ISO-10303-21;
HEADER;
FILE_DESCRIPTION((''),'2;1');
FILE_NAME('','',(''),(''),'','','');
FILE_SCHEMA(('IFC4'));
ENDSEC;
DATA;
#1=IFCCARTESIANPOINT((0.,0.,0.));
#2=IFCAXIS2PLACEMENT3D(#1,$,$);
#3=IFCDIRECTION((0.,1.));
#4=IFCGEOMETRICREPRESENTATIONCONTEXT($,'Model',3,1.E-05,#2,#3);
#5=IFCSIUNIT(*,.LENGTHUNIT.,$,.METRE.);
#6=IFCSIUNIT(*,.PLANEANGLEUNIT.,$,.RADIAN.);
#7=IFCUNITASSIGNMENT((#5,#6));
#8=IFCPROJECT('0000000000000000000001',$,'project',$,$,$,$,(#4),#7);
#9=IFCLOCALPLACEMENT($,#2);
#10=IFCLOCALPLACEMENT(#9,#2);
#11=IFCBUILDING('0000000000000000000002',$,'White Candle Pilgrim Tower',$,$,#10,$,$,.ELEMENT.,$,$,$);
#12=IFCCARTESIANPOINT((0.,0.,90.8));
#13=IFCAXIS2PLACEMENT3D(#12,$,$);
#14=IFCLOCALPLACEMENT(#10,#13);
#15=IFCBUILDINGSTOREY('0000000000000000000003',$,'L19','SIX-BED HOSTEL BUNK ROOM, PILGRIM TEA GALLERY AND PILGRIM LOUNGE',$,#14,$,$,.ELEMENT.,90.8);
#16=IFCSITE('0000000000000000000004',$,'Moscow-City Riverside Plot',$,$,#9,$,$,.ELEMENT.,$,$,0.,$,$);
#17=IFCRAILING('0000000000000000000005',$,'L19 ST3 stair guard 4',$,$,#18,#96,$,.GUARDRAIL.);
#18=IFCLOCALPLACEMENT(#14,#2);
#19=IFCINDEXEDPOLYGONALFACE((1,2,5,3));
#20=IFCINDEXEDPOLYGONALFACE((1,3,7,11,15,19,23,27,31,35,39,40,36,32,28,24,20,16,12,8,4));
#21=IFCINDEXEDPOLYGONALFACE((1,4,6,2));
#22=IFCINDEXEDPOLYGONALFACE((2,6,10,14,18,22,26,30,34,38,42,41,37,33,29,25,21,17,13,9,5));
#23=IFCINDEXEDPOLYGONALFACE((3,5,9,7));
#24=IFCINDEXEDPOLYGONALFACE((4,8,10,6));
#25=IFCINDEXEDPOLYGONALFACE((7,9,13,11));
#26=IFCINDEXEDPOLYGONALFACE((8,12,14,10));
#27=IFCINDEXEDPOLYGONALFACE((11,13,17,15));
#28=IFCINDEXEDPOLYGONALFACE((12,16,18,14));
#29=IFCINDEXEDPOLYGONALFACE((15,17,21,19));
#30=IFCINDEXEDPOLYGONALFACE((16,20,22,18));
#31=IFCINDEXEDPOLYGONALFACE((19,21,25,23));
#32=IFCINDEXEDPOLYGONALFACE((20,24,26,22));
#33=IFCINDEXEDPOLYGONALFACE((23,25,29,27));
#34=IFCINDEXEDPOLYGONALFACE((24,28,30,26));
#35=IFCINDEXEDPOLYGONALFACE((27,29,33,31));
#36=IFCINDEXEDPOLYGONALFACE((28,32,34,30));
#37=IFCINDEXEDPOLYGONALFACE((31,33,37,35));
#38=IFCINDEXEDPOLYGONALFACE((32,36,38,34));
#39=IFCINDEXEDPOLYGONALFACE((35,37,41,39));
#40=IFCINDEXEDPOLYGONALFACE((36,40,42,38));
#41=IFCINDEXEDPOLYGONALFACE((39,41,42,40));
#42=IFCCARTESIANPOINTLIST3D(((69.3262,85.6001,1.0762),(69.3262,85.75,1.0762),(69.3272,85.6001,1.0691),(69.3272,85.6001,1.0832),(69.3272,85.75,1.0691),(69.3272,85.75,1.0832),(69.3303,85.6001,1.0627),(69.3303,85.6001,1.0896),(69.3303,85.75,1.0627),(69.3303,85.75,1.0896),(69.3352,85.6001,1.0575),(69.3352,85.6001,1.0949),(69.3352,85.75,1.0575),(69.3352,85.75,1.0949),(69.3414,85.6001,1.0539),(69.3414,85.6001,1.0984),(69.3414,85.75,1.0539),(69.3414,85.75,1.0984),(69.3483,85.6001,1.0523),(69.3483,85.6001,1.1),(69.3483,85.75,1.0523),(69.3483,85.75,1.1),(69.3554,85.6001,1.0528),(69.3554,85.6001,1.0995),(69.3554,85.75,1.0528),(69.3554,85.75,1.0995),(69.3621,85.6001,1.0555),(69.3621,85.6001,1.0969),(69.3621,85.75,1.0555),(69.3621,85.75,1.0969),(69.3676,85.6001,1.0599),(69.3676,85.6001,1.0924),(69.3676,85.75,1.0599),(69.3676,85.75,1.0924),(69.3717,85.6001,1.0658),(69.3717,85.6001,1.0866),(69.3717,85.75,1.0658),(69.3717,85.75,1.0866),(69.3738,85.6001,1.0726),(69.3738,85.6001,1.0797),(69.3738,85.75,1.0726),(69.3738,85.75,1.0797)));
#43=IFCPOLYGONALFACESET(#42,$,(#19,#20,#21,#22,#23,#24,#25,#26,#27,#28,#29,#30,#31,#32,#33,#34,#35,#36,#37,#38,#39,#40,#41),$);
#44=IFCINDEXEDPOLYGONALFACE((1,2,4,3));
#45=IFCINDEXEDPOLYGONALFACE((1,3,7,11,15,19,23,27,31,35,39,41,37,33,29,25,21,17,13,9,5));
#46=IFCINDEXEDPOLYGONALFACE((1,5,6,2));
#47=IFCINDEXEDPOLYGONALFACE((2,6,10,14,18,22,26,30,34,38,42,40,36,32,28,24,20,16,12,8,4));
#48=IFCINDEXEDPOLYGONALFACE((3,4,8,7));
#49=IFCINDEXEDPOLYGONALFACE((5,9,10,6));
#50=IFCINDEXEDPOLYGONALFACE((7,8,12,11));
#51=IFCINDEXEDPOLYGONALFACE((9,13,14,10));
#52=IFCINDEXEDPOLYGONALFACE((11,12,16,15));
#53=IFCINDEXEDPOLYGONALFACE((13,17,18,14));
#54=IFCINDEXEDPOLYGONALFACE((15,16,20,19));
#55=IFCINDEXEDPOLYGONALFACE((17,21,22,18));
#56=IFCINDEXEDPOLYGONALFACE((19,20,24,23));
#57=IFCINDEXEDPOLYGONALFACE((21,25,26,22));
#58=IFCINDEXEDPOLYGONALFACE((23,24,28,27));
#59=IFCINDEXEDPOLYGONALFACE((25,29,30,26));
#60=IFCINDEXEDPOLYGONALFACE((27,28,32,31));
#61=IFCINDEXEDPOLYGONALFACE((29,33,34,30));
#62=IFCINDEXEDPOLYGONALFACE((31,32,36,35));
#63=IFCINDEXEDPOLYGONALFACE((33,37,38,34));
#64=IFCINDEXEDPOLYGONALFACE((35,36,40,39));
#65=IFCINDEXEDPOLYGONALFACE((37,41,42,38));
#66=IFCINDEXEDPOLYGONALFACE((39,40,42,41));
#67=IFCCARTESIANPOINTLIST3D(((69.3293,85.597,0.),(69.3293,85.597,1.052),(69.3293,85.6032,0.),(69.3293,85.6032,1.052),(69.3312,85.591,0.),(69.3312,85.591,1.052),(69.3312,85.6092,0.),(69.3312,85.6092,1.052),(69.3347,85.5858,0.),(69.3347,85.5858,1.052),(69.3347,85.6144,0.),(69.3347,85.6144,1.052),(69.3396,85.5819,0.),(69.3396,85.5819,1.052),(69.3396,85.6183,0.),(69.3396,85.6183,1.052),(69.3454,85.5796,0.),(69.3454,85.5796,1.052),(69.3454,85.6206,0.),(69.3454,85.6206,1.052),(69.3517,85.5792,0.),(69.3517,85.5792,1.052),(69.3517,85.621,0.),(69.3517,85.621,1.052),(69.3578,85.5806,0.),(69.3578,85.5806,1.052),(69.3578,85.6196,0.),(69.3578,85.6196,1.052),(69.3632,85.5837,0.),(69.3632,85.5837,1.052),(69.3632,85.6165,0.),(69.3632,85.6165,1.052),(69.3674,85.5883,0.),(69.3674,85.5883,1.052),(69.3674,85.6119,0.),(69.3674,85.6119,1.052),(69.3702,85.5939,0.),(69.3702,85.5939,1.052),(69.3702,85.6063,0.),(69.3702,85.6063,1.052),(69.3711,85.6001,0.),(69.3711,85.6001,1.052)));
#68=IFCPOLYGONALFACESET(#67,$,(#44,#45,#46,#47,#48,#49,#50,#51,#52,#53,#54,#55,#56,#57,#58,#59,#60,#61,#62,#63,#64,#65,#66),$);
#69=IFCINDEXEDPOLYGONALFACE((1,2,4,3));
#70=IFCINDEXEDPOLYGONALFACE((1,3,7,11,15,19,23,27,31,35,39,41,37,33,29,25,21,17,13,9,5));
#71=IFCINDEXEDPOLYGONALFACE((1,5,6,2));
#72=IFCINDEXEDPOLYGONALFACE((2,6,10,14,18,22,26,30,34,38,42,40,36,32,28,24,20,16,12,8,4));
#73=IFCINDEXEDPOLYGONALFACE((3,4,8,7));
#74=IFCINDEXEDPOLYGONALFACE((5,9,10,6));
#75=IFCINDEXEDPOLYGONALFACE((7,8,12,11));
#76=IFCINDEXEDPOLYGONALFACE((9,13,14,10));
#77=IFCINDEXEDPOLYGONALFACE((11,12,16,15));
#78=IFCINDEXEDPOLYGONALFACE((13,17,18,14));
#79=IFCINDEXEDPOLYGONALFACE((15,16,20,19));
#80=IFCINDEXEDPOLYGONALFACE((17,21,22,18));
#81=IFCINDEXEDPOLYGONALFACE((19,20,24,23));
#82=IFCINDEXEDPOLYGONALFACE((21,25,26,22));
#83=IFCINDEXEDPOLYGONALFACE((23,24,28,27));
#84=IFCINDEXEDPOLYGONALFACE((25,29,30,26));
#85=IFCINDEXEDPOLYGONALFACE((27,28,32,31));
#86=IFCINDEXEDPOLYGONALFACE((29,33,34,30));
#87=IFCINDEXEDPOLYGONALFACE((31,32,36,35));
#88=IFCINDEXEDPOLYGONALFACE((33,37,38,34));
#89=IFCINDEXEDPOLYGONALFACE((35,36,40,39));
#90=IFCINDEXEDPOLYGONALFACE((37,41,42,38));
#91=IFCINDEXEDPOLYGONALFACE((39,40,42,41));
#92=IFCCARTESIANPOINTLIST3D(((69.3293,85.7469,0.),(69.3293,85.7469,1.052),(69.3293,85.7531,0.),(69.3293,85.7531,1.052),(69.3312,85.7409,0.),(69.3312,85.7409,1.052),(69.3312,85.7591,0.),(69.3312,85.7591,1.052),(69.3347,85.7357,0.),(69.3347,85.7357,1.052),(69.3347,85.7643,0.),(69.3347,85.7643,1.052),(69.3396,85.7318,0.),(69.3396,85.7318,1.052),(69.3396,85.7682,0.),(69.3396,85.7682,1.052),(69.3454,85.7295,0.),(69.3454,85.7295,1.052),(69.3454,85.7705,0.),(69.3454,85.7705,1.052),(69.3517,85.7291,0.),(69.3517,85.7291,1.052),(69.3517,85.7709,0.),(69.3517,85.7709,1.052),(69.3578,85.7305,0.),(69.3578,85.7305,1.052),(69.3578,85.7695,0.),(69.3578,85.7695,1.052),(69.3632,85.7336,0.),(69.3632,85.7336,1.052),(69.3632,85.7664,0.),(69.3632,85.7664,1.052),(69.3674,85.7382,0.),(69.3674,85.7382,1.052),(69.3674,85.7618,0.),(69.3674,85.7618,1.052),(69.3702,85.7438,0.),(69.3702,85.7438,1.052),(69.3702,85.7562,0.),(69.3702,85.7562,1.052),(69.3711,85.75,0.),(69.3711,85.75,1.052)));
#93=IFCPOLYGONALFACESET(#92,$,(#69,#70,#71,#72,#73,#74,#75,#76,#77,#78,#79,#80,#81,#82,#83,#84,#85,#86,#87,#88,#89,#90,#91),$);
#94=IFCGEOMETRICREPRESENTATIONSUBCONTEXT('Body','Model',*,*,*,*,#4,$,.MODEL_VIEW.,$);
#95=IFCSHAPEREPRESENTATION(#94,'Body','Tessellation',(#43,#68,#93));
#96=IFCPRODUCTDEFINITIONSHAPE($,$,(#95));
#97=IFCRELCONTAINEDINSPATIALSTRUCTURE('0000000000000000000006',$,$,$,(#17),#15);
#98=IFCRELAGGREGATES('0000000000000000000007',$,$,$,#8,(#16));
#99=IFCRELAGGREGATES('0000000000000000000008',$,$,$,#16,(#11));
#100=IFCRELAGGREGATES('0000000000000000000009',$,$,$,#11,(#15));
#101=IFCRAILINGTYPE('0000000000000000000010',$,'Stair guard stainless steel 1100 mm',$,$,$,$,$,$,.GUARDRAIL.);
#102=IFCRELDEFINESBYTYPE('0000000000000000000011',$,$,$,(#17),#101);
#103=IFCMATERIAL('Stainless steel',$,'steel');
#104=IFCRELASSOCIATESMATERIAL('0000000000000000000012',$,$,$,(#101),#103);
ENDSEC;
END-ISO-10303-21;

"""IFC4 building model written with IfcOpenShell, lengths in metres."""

from ifc_helpers import new_model, si_unit, direction, frame, origin, origin_2d, place, context, subcontext, project, spatial, circle, extrude, material, type_object, element, save


model = new_model("IFC4")

# Units and contexts
model_context = context("Model", 3, precision=1e-05, world=origin(), true_north=direction((0.0, 1.0)))
body_context = subcontext(model_context, "Body", "Model", "MODEL_VIEW")
ifc_project = project(units=[si_unit("LENGTHUNIT", "METRE"), si_unit("PLANEANGLEUNIT", "RADIAN")], contexts=[model_context])

# Site, building, storey
site_placement = place(None, origin())
site = spatial("IfcSite", under=ifc_project, at=site_placement, Name="Moscow-City Riverside Plot", CompositionType="ELEMENT", RefElevation=0.0)
building_placement = place(site_placement, origin())
building = spatial("IfcBuilding", under=site, at=building_placement, Name="White Candle Pilgrim Tower", CompositionType="ELEMENT")
storey_placement = place(building_placement, frame((0.0, 0.0, 90.8)))
storey = spatial("IfcBuildingStorey", under=building, at=storey_placement, Name="L19", Description="SIX-BED HOSTEL BUNK ROOM, PILGRIM TEA GALLERY AND PILGRIM LOUNGE", CompositionType="ELEMENT", Elevation=90.8)

# Railing
ifc_material_1 = material(Name="Stainless steel", Category="steel")
railing_type_1 = type_object("IfcRailingType", Name="Stair guard stainless steel 1100 mm", PredefinedType="GUARDRAIL", material=ifc_material_1)
railing_1_placement = place(storey_placement, frame((69.3501, 85.6001, 0.0)))
element("IfcRailing", 1, at=railing_1_placement, inside=storey, type_object=railing_type_1, Name="L19 ST3 stair guard 4", PredefinedType="GUARDRAIL", context=body_context, shape_type="SweptSolid", body=[
    extrude(circle(Radius=0.0239, at=origin_2d()), frame((0.0, 0.0, 1.0762), z_axis=(0.0, 1.0, 0.0), x_axis=(-1.0, 0.0, 0.0)), (0.0, 0.0, 1.0), 0.1499),
    extrude(circle(Radius=0.021, at=origin_2d()), origin(), (0.0, 0.0, 1.0), 1.052),
    extrude(circle(Radius=0.021, at=origin_2d()), frame((0.0, 0.1499, 0.0)), (0.0, 0.0, 1.0), 1.052),
])

save(model, "model.ifc")
